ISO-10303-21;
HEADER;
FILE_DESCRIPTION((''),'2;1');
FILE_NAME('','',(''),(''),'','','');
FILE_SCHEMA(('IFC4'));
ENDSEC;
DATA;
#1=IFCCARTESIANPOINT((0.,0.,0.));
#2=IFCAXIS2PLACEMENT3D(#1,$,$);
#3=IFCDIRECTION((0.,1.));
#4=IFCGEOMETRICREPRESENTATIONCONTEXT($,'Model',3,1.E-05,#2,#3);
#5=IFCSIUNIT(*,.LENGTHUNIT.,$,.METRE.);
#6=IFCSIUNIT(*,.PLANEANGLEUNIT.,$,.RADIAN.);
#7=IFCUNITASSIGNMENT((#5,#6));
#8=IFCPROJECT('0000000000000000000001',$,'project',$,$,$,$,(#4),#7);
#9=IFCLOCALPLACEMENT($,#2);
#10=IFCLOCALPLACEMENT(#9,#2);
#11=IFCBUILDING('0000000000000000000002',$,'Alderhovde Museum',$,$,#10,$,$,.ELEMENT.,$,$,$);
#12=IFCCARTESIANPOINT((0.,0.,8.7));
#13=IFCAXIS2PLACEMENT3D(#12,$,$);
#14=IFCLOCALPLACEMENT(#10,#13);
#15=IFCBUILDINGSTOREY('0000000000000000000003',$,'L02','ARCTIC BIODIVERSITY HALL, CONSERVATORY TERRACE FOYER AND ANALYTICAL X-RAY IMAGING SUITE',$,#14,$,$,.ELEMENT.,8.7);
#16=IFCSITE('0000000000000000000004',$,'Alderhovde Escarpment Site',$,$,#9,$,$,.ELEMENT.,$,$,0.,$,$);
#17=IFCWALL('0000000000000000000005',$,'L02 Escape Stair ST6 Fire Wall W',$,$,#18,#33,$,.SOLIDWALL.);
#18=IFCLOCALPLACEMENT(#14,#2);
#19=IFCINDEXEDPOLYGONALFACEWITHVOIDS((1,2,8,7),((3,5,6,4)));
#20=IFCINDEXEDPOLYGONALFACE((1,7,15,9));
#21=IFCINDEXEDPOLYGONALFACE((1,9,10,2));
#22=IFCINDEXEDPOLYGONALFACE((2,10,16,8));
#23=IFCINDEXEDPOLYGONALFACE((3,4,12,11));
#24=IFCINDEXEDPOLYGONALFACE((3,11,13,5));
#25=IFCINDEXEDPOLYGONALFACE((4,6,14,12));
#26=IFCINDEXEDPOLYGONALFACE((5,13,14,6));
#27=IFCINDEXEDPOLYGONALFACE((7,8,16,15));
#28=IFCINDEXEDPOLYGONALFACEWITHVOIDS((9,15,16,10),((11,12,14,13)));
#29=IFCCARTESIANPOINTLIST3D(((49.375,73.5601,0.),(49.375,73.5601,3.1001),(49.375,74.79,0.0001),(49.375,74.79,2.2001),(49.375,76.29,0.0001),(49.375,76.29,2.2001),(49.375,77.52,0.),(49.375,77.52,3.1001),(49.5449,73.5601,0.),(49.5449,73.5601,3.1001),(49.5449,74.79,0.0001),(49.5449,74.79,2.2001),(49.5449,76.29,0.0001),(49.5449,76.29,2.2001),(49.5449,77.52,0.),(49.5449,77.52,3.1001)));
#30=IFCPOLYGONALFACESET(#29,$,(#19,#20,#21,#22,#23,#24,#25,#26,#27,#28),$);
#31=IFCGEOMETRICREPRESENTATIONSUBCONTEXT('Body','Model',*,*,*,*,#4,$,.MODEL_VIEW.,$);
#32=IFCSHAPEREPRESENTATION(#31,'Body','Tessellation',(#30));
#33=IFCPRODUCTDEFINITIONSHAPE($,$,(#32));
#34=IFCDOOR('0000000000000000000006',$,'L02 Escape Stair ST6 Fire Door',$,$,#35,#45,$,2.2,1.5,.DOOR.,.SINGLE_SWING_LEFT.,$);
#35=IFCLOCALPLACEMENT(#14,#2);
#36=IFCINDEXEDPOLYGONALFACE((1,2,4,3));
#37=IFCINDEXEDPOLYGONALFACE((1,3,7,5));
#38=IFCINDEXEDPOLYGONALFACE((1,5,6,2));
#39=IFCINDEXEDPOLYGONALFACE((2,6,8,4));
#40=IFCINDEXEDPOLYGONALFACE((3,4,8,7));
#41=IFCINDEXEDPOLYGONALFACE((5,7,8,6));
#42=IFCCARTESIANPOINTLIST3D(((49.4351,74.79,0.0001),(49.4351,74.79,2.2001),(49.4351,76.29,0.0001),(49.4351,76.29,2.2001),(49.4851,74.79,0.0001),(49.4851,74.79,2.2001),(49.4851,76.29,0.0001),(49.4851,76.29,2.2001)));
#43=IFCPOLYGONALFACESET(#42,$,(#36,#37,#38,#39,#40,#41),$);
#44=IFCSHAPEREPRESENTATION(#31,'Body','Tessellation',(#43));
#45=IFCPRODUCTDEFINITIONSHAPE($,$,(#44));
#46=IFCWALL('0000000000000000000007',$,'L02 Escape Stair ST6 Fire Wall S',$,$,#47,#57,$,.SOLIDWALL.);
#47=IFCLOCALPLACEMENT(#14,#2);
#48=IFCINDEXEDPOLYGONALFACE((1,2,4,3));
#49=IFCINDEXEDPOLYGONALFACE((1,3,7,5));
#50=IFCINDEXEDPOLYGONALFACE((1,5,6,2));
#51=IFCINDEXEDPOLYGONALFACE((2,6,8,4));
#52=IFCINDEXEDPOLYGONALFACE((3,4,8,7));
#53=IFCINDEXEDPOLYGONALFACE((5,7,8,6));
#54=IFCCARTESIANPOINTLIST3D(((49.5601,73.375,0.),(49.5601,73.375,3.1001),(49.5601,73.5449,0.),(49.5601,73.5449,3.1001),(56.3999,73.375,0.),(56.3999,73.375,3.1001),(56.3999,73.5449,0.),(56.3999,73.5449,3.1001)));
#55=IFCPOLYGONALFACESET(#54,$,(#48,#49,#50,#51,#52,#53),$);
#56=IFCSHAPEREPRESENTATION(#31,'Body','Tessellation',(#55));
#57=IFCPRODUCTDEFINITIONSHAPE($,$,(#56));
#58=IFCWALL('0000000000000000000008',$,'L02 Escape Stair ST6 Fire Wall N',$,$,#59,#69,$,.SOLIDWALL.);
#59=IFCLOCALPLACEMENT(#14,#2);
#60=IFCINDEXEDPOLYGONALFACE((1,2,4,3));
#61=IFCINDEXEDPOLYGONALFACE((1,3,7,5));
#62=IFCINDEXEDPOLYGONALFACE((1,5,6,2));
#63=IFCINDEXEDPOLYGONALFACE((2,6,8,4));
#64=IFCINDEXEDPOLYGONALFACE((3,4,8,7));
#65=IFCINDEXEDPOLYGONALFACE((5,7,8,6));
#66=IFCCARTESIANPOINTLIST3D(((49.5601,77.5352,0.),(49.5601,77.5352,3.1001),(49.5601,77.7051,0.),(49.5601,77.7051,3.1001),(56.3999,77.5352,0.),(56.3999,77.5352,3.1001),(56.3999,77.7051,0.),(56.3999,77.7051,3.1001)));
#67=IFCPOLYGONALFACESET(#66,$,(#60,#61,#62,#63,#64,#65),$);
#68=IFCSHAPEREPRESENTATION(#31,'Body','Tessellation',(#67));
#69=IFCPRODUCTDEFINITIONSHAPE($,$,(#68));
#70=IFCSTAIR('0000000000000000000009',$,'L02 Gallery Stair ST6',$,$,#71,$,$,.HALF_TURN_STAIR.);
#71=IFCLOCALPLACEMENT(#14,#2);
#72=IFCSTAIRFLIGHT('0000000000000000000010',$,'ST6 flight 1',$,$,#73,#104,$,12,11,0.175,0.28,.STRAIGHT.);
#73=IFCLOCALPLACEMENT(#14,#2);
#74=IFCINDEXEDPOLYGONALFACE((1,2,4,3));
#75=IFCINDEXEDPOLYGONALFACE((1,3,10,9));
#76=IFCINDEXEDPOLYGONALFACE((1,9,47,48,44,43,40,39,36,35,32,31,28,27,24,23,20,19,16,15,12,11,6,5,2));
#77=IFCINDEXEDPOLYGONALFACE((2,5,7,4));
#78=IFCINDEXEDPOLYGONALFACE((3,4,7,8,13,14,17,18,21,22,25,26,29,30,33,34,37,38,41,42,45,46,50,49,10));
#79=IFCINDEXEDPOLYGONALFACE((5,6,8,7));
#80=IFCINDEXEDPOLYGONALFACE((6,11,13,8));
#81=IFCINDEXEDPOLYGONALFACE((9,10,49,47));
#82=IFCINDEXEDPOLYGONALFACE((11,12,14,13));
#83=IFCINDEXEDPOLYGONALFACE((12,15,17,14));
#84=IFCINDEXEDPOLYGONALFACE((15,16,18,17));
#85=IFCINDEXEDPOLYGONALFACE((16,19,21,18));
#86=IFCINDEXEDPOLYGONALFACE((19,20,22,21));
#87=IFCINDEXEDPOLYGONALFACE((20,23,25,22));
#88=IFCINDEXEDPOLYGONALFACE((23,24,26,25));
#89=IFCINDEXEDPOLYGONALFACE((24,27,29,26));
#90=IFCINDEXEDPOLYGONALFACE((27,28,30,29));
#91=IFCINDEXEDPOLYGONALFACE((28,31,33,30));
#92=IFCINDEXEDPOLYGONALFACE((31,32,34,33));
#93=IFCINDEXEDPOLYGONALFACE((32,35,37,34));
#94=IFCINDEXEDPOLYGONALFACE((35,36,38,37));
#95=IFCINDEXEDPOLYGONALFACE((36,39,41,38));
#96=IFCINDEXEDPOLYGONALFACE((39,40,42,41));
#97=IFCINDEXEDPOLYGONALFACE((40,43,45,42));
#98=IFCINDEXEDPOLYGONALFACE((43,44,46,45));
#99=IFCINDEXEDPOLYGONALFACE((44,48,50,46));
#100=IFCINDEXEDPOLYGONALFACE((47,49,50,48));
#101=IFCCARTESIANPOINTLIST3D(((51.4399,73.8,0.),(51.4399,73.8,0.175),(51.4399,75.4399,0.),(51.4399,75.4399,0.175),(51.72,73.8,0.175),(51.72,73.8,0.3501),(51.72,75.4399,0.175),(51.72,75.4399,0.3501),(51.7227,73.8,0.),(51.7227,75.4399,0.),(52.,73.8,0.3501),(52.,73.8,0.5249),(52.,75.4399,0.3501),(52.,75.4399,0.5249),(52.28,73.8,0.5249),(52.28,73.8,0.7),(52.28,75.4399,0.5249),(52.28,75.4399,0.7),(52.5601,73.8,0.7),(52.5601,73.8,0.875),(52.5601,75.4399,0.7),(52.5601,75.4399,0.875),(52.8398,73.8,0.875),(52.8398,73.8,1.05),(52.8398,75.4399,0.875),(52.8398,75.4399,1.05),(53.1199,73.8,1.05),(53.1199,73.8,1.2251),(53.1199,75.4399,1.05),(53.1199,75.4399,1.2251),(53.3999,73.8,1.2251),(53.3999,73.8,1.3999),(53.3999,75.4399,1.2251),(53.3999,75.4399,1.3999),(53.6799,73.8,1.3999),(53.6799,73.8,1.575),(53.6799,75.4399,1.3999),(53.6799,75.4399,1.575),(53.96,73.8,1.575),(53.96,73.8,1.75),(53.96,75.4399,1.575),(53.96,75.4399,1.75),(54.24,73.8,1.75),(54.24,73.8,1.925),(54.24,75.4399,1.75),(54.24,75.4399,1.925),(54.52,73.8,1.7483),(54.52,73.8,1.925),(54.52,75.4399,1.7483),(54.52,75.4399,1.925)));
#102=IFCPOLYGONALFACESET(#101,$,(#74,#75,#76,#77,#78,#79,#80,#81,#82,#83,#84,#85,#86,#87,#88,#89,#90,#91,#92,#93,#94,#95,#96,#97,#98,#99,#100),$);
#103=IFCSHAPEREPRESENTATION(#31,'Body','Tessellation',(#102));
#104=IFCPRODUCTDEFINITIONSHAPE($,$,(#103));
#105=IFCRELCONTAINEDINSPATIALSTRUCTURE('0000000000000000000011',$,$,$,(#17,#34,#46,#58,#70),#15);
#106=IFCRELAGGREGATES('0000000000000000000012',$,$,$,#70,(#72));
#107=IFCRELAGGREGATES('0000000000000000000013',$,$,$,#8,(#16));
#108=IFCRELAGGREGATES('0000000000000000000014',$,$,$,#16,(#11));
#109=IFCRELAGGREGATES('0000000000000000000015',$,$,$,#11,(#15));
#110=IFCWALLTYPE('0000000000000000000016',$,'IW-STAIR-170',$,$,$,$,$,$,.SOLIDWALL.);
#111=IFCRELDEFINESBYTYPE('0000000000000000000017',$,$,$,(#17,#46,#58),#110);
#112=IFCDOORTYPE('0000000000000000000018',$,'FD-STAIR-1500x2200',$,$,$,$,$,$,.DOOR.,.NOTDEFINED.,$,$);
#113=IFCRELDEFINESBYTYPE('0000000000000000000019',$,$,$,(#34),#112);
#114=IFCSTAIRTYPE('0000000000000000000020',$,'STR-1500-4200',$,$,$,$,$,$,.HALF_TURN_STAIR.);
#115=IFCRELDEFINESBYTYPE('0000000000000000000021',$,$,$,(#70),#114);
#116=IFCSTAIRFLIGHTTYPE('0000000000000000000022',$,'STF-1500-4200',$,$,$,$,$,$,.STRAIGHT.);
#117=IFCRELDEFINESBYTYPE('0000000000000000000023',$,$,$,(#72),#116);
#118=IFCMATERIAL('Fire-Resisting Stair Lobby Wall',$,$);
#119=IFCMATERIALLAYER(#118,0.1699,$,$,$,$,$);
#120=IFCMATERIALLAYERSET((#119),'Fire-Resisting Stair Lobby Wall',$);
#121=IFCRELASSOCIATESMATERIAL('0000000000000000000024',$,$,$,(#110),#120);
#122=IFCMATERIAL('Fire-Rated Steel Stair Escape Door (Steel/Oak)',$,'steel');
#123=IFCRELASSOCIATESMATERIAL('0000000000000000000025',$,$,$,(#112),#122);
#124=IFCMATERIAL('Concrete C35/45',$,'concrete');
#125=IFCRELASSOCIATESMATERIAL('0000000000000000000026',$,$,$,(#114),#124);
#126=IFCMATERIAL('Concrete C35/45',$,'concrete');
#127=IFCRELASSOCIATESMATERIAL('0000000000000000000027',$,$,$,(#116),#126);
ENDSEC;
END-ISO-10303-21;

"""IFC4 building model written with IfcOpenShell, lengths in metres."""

from ifc_helpers import new_model, si_unit, direction, frame, frame_2d, origin, place, context, subcontext, project, spatial, polyline, rectangle, outline, extrude, material, layer, layer_set, type_object, element, fill, aggregate, save


model = new_model("IFC4")

# Units and contexts
model_context = context("Model", 3, precision=1e-05, world=origin(), true_north=direction((0.0, 1.0)))
body_context = subcontext(model_context, "Body", "Model", "MODEL_VIEW")
ifc_project = project(units=[si_unit("LENGTHUNIT", "METRE"), si_unit("PLANEANGLEUNIT", "RADIAN")], contexts=[model_context])

# Site, building, storey
site_placement = place(None, origin())
site = spatial("IfcSite", under=ifc_project, at=site_placement, Name="Alderhovde Escarpment Site", CompositionType="ELEMENT", RefElevation=0.0)
building_placement = place(site_placement, origin())
building = spatial("IfcBuilding", under=site, at=building_placement, Name="Alderhovde Museum", CompositionType="ELEMENT")
storey_placement = place(building_placement, frame((0.0, 0.0, 8.7)))
storey = spatial("IfcBuildingStorey", under=building, at=storey_placement, Name="L02", Description="ARCTIC BIODIVERSITY HALL, CONSERVATORY TERRACE FOYER AND ANALYTICAL X-RAY IMAGING SUITE", CompositionType="ELEMENT", Elevation=8.7)

# Wall, opening, door
ifc_material_1 = material(Name="Fire-Resisting Stair Lobby Wall")
ifc_layer = layer(ifc_material_1, 0.1699)
ifc_layer_set = layer_set([ifc_layer], Name="Fire-Resisting Stair Lobby Wall")
wall_type = type_object("IfcWallType", Name="IW-STAIR-170", PredefinedType="SOLIDWALL", material=ifc_layer_set)
wall_placement = place(storey_placement, frame((49.46, 73.5601, 0.0), z_axis=(0.0, 0.0, 1.0), x_axis=(0.0, 1.0, 0.0)))
wall = element("IfcWall", 1, at=wall_placement, inside=storey, type_object=wall_type, Name="L02 Escape Stair ST6 Fire Wall W", PredefinedType="SOLIDWALL", context=body_context, shape_type="SweptSolid", body=[
    extrude(rectangle(XDim=3.96, YDim=0.1699, at=frame_2d((1.98, 0.0))), origin(), (0.0, 0.0, 1.0), 3.1001),
])
opening_placement = place(wall_placement, frame((1.23, 0.0, 0.0)))
opening = element("IfcOpeningElement", 2, at=opening_placement, cuts=wall, PredefinedType="OPENING", context=body_context, shape_type="SweptSolid", body=[
    extrude(rectangle(XDim=1.5, YDim=2.2, at=frame_2d((0.75, 1.1001))), frame((0.0, 0.095, 0.0), z_axis=(0.0, -1.0, 0.0), x_axis=(1.0, 0.0, 0.0)), (0.0, 0.0, 1.0), 0.1899),
])
ifc_material_2 = material(Name="Fire-Rated Steel Stair Escape Door (Steel/Oak)", Category="steel")
door_type = type_object("IfcDoorType", Name="FD-STAIR-1500x2200", OperationType="NOTDEFINED", PredefinedType="DOOR", material=ifc_material_2)
door_placement = place(opening_placement, origin())
door = element("IfcDoor", 3, at=door_placement, inside=storey, type_object=door_type, Name="L02 Escape Stair ST6 Fire Door", OperationType="SINGLE_SWING_LEFT", OverallHeight=2.2, OverallWidth=1.5, PredefinedType="DOOR", context=body_context, shape_type="SweptSolid", body=[
    extrude(rectangle(XDim=1.5, YDim=2.2, at=frame_2d((0.75, 1.1001))), frame((0.0, 0.0249, 0.0), z_axis=(0.0, -1.0, 0.0), x_axis=(1.0, 0.0, 0.0)), (0.0, 0.0, 1.0), 0.05),
])
fill(opening, door)

# Walls
for number, where, z_axis, x_axis, name in (
    (4, (49.5601, 73.46, 0.0), (0.0, 0.0, 1.0), (1.0, 0.0, 0.0), "L02 Escape Stair ST6 Fire Wall S"),
    (5, (49.5601, 77.6201, 0.0), (0.0, 0.0, 1.0), (1.0, 0.0, 0.0), "L02 Escape Stair ST6 Fire Wall N"),
):
    element("IfcWall", number, at=place(storey_placement, frame(where, z_axis=z_axis, x_axis=x_axis)), inside=storey, type_object=wall_type, Name=name, PredefinedType="SOLIDWALL", context=body_context, shape_type="SweptSolid", body=[
        extrude(rectangle(XDim=6.8398, YDim=0.1699, at=frame_2d((3.4199, 0.0))), origin(), (0.0, 0.0, 1.0), 3.1001),
    ])

# Stair, stair flight
ifc_material_3 = material(Name="Concrete C35/45", Category="concrete")
stair_type = type_object("IfcStairType", Name="STR-1500-4200", PredefinedType="HALF_TURN_STAIR", material=ifc_material_3)
stair_placement = place(storey_placement, origin())
stair = element("IfcStair", 6, at=stair_placement, inside=storey, type_object=stair_type, Name="L02 Gallery Stair ST6", PredefinedType="HALF_TURN_STAIR")
ifc_material_4 = material(Name="Concrete C35/45", Category="concrete")
stair_flight_type = type_object("IfcStairFlightType", Name="STF-1500-4200", PredefinedType="STRAIGHT", material=ifc_material_4)
stair_flight_placement = place(storey_placement, frame((51.4399, 74.6201, 0.0), z_axis=(0.0, 0.0, 1.0), x_axis=(1.0, 0.0, 0.0)))
stair_flight = element("IfcStairFlight", 7, at=stair_flight_placement, type_object=stair_flight_type, Name="ST6 flight 1", NumberOfRisers=12, NumberOfTreads=11, PredefinedType="STRAIGHT", RiserHeight=0.175, TreadLength=0.28, context=body_context, shape_type="SweptSolid", body=[
    extrude(outline(polyline([(0.0, 0.0), (0.0, 0.175), (0.28, 0.175), (0.28, 0.3501), (0.5601, 0.3501), (0.5601, 0.5249), (0.8401, 0.5249), (0.8401, 0.7), (1.1201, 0.7), (1.1201, 0.875), (1.3999, 0.875), (1.3999, 1.05), (1.6799, 1.05), (1.6799, 1.2251), (1.96, 1.2251), (1.96, 1.3999), (2.24, 1.3999), (2.24, 1.575), (2.52, 1.575), (2.52, 1.75), (2.8, 1.75), (2.8, 1.925), (3.0801, 1.925), (3.0801, 2.1001), (3.0801, 1.7483), (0.2827, 0.0), (0.0, 0.0)])), frame((0.0, 0.8198, 0.0), z_axis=(0.0, -1.0, 0.0), x_axis=(1.0, 0.0, 0.0)), (0.0, 0.0, 1.0), 1.6399),
])
aggregate(stair, [stair_flight])

save(model, "model.ifc")
